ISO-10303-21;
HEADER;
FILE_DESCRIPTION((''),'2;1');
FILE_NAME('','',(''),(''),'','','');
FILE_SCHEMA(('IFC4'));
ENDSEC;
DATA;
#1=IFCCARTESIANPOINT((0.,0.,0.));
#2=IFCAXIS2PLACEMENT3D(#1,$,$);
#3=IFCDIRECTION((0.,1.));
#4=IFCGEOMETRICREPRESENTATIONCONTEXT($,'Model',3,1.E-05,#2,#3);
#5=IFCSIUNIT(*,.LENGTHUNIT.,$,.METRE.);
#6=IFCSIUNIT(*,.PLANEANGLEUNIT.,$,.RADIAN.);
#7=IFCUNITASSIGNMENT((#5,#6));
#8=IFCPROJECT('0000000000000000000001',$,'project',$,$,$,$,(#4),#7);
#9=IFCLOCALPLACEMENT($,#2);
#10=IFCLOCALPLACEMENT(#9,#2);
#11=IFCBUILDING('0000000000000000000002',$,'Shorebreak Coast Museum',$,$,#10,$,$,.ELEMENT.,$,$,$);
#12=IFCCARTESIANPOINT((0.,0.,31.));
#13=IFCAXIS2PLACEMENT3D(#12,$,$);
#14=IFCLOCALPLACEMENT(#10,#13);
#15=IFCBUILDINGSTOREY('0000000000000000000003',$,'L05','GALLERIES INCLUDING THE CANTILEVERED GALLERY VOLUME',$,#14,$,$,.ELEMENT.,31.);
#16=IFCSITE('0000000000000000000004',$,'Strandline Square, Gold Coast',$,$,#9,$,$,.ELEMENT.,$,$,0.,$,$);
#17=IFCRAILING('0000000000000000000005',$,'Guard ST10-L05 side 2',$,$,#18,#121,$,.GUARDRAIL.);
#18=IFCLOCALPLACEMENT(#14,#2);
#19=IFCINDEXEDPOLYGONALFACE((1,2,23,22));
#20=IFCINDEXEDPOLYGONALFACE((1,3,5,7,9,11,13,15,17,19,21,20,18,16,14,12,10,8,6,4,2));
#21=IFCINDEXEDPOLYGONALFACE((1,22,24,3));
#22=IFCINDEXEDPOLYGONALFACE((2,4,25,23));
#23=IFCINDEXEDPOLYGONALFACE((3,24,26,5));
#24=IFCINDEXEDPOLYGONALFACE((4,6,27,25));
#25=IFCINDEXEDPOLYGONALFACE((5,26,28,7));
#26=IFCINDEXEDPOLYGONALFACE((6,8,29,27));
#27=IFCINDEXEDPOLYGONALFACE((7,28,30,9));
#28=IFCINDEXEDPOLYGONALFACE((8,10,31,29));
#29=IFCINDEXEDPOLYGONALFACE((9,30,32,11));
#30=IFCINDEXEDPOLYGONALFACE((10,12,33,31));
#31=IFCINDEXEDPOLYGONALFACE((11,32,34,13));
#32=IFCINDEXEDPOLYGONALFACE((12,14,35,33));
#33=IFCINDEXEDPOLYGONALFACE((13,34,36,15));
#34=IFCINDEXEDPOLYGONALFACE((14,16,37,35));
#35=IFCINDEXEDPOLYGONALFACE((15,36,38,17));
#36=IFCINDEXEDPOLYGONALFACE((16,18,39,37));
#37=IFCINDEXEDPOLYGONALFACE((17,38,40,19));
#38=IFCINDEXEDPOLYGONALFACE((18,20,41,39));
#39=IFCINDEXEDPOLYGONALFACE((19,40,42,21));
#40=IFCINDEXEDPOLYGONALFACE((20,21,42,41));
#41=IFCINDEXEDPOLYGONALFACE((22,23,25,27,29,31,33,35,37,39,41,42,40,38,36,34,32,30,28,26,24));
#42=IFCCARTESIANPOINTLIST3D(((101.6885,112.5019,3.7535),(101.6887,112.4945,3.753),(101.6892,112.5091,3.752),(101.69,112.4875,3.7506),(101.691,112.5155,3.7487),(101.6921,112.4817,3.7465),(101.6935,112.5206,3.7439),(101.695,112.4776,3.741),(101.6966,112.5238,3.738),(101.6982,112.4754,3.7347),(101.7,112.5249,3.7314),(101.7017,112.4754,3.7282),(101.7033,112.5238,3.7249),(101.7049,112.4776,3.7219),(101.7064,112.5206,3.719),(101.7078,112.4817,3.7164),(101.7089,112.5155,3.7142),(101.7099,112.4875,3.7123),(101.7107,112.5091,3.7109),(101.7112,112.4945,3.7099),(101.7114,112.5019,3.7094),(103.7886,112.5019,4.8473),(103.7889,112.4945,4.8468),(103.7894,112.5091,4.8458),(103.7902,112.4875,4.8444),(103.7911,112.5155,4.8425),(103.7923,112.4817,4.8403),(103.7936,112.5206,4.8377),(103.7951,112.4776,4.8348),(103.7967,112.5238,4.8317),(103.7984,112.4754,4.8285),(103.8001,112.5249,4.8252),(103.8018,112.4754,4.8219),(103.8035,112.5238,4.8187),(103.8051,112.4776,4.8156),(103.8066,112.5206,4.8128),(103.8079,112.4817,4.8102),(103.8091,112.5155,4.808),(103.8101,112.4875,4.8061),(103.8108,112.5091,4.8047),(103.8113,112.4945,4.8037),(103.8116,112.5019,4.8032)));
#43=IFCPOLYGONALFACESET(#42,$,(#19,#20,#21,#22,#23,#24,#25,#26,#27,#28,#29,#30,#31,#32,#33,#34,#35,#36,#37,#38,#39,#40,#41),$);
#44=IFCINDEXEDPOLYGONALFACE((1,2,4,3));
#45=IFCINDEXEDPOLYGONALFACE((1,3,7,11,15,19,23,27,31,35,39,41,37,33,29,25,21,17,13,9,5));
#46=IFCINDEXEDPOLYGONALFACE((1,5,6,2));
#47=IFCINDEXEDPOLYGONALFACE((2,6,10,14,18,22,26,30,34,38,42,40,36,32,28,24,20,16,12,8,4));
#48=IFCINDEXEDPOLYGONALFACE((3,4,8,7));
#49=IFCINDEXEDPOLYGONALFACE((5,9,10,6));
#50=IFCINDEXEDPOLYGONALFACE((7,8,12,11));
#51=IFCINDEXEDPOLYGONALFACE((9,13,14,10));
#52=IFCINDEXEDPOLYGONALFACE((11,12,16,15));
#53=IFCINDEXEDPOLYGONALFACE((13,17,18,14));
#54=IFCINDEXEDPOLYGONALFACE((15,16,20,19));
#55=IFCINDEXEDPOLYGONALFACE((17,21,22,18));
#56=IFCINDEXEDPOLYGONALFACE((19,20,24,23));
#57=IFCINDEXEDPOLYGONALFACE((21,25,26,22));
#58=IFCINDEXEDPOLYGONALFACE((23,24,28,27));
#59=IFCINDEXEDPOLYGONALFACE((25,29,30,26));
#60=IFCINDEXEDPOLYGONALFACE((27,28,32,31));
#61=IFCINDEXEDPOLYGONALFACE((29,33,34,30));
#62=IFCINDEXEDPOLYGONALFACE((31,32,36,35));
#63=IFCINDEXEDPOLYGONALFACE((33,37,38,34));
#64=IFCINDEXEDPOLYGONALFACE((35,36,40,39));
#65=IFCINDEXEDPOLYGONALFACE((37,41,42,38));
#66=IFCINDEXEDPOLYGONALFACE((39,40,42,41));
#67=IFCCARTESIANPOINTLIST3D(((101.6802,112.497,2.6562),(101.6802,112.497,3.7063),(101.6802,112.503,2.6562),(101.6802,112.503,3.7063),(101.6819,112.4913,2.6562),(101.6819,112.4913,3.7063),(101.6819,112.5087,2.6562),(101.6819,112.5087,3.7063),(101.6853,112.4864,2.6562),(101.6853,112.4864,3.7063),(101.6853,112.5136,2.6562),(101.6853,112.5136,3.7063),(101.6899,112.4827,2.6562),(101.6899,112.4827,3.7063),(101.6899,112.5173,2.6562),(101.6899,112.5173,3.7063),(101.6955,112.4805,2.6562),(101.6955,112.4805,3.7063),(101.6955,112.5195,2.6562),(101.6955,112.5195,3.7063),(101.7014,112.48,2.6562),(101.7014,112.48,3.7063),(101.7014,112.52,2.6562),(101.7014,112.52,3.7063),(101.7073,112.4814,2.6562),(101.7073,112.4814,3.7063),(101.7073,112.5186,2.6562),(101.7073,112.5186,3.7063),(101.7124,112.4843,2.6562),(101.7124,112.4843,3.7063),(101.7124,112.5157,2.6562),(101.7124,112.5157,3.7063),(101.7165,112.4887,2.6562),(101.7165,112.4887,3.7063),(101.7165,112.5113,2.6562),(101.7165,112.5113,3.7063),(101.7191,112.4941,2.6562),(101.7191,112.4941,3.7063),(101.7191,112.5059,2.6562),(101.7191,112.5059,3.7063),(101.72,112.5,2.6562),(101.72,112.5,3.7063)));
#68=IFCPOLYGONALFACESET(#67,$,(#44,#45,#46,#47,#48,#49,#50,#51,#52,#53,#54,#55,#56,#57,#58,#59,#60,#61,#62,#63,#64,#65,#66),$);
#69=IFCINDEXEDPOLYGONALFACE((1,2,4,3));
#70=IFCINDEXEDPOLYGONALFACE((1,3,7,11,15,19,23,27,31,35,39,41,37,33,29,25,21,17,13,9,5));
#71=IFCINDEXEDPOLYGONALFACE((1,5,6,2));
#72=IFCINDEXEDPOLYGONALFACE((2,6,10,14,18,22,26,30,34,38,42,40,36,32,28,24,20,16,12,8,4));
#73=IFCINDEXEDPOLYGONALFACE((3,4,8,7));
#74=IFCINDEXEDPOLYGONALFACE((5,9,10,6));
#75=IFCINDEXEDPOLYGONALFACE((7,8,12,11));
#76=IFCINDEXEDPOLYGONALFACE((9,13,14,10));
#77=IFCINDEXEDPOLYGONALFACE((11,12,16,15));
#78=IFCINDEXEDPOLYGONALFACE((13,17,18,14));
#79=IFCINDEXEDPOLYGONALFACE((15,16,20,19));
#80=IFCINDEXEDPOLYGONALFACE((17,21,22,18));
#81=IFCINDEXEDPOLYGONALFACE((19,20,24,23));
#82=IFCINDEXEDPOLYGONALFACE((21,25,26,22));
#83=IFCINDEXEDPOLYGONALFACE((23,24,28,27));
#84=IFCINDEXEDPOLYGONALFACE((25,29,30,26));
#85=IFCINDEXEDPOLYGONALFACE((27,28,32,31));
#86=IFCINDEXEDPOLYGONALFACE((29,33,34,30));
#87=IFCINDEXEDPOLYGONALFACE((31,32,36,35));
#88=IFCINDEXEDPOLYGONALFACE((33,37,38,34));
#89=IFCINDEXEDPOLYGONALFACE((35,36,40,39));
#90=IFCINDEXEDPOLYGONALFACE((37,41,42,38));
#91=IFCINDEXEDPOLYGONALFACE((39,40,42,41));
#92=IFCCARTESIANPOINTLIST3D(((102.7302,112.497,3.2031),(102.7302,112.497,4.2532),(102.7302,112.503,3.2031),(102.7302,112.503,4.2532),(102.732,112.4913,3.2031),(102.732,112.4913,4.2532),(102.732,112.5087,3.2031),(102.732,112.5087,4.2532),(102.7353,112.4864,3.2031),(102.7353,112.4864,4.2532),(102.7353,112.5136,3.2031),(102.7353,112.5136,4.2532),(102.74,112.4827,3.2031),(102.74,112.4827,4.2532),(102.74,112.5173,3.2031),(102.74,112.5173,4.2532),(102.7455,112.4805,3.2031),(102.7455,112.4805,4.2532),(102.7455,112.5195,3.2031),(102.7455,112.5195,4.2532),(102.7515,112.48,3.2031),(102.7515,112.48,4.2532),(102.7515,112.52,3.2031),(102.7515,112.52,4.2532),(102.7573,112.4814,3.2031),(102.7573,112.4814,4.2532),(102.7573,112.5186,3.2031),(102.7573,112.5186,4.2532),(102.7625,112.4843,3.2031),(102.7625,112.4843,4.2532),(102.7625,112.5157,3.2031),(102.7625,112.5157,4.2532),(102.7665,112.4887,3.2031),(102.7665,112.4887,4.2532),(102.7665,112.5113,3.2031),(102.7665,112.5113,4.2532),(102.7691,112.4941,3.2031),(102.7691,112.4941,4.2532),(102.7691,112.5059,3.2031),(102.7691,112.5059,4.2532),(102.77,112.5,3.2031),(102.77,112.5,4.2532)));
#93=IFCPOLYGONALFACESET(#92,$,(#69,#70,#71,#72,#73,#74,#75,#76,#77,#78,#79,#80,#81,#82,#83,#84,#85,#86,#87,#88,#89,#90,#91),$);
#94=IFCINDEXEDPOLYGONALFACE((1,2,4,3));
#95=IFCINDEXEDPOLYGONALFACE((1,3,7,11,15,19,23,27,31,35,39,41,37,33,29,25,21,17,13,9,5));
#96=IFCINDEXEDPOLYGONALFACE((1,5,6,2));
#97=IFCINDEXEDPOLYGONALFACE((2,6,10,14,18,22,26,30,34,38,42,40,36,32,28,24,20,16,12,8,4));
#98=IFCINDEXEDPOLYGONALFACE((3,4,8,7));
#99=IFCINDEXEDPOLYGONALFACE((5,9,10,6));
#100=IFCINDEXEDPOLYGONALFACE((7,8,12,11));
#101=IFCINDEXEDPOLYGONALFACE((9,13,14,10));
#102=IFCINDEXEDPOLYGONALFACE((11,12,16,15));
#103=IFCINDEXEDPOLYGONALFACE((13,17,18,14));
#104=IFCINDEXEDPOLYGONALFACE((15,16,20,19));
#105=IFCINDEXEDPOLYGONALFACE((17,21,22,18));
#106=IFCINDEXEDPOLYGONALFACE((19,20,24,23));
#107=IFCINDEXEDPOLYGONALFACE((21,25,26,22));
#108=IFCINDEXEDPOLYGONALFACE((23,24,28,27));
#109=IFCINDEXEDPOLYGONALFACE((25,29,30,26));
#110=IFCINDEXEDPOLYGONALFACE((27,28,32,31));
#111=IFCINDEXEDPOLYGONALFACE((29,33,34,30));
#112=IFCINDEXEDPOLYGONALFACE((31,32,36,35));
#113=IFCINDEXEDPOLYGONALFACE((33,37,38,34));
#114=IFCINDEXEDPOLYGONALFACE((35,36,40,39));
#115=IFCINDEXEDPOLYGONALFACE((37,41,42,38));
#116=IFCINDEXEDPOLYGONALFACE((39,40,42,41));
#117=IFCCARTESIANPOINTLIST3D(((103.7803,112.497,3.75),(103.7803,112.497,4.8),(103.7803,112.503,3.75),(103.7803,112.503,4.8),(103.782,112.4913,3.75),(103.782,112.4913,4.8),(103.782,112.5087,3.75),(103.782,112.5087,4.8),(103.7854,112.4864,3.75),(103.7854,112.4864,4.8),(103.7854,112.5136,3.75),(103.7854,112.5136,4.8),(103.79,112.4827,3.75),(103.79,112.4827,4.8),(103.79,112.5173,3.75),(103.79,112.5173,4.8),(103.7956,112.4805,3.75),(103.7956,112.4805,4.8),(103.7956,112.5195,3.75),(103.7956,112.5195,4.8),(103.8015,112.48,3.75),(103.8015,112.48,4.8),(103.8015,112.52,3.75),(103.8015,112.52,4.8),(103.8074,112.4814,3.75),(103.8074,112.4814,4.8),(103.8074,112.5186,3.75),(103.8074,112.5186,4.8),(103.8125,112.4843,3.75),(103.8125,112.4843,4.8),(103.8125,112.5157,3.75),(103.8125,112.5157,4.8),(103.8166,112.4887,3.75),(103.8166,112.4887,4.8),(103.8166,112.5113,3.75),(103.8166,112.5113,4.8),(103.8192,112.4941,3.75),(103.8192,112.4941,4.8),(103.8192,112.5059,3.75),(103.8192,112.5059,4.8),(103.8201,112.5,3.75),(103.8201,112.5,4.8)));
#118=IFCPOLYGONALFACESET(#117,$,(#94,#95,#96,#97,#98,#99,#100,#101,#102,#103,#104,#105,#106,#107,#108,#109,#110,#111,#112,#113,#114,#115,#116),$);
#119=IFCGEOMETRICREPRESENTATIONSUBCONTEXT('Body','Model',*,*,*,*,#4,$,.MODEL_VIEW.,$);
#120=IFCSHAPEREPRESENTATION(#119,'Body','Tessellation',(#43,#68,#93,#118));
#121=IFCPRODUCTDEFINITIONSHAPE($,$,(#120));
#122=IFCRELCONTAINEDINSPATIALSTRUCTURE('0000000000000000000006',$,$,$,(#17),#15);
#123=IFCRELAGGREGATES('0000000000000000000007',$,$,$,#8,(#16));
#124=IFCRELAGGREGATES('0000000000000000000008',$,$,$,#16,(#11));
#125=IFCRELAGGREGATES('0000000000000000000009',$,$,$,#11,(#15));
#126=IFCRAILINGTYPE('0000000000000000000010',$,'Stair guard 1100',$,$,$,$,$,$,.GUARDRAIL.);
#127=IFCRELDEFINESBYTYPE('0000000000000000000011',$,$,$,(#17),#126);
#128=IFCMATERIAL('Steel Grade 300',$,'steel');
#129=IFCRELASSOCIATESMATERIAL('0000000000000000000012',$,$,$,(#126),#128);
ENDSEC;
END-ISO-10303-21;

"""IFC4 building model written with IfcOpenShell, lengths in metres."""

from ifc_helpers import new_model, si_unit, direction, frame, origin, origin_2d, place, context, subcontext, project, spatial, circle, extrude, material, type_object, element, save


model = new_model("IFC4")

# Units and contexts
model_context = context("Model", 3, precision=1e-05, world=origin(), true_north=direction((0.0, 1.0)))
body_context = subcontext(model_context, "Body", "Model", "MODEL_VIEW")
ifc_project = project(units=[si_unit("LENGTHUNIT", "METRE"), si_unit("PLANEANGLEUNIT", "RADIAN")], contexts=[model_context])

# Site, building, storey
site_placement = place(None, origin())
site = spatial("IfcSite", under=ifc_project, at=site_placement, Name="Strandline Square, Gold Coast", CompositionType="ELEMENT", RefElevation=0.0)
building_placement = place(site_placement, origin())
building = spatial("IfcBuilding", under=site, at=building_placement, Name="Shorebreak Coast Museum", CompositionType="ELEMENT")
storey_placement = place(building_placement, frame((0.0, 0.0, 31.0)))
storey = spatial("IfcBuildingStorey", under=building, at=storey_placement, Name="L05", Description="GALLERIES INCLUDING THE CANTILEVERED GALLERY VOLUME", CompositionType="ELEMENT", Elevation=31.0)

# Railing
ifc_material_1 = material(Name="Steel Grade 300", Category="steel")
railing_type_1 = type_object("IfcRailingType", Name="Stair guard 1100", PredefinedType="GUARDRAIL", material=ifc_material_1)
railing_1_placement = place(storey_placement, frame((101.7, 112.5, 2.6562)))
element("IfcRailing", 1, at=railing_1_placement, inside=storey, type_object=railing_type_1, Name="Guard ST10-L05 side 2", PredefinedType="GUARDRAIL", context=body_context, shape_type="SweptSolid", body=[
    extrude(circle(Radius=0.0249, at=origin_2d()), frame((0.0, 0.0, 1.0752), z_axis=(0.886923, 0.0, 0.461918), x_axis=(0.0, 1.0, 0.0)), (0.0, 0.0, 1.0), 2.3679),
    extrude(circle(Radius=0.02, at=origin_2d()), origin(), (0.0, 0.0, 1.0), 1.05),
    extrude(circle(Radius=0.02, at=origin_2d()), frame((1.05, 0.0, 0.5469)), (0.0, 0.0, 1.0), 1.05),
    extrude(circle(Radius=0.02, at=origin_2d()), frame((2.1001, 0.0, 1.0938)), (0.0, 0.0, 1.0), 1.05),
])

save(model, "model.ifc")
